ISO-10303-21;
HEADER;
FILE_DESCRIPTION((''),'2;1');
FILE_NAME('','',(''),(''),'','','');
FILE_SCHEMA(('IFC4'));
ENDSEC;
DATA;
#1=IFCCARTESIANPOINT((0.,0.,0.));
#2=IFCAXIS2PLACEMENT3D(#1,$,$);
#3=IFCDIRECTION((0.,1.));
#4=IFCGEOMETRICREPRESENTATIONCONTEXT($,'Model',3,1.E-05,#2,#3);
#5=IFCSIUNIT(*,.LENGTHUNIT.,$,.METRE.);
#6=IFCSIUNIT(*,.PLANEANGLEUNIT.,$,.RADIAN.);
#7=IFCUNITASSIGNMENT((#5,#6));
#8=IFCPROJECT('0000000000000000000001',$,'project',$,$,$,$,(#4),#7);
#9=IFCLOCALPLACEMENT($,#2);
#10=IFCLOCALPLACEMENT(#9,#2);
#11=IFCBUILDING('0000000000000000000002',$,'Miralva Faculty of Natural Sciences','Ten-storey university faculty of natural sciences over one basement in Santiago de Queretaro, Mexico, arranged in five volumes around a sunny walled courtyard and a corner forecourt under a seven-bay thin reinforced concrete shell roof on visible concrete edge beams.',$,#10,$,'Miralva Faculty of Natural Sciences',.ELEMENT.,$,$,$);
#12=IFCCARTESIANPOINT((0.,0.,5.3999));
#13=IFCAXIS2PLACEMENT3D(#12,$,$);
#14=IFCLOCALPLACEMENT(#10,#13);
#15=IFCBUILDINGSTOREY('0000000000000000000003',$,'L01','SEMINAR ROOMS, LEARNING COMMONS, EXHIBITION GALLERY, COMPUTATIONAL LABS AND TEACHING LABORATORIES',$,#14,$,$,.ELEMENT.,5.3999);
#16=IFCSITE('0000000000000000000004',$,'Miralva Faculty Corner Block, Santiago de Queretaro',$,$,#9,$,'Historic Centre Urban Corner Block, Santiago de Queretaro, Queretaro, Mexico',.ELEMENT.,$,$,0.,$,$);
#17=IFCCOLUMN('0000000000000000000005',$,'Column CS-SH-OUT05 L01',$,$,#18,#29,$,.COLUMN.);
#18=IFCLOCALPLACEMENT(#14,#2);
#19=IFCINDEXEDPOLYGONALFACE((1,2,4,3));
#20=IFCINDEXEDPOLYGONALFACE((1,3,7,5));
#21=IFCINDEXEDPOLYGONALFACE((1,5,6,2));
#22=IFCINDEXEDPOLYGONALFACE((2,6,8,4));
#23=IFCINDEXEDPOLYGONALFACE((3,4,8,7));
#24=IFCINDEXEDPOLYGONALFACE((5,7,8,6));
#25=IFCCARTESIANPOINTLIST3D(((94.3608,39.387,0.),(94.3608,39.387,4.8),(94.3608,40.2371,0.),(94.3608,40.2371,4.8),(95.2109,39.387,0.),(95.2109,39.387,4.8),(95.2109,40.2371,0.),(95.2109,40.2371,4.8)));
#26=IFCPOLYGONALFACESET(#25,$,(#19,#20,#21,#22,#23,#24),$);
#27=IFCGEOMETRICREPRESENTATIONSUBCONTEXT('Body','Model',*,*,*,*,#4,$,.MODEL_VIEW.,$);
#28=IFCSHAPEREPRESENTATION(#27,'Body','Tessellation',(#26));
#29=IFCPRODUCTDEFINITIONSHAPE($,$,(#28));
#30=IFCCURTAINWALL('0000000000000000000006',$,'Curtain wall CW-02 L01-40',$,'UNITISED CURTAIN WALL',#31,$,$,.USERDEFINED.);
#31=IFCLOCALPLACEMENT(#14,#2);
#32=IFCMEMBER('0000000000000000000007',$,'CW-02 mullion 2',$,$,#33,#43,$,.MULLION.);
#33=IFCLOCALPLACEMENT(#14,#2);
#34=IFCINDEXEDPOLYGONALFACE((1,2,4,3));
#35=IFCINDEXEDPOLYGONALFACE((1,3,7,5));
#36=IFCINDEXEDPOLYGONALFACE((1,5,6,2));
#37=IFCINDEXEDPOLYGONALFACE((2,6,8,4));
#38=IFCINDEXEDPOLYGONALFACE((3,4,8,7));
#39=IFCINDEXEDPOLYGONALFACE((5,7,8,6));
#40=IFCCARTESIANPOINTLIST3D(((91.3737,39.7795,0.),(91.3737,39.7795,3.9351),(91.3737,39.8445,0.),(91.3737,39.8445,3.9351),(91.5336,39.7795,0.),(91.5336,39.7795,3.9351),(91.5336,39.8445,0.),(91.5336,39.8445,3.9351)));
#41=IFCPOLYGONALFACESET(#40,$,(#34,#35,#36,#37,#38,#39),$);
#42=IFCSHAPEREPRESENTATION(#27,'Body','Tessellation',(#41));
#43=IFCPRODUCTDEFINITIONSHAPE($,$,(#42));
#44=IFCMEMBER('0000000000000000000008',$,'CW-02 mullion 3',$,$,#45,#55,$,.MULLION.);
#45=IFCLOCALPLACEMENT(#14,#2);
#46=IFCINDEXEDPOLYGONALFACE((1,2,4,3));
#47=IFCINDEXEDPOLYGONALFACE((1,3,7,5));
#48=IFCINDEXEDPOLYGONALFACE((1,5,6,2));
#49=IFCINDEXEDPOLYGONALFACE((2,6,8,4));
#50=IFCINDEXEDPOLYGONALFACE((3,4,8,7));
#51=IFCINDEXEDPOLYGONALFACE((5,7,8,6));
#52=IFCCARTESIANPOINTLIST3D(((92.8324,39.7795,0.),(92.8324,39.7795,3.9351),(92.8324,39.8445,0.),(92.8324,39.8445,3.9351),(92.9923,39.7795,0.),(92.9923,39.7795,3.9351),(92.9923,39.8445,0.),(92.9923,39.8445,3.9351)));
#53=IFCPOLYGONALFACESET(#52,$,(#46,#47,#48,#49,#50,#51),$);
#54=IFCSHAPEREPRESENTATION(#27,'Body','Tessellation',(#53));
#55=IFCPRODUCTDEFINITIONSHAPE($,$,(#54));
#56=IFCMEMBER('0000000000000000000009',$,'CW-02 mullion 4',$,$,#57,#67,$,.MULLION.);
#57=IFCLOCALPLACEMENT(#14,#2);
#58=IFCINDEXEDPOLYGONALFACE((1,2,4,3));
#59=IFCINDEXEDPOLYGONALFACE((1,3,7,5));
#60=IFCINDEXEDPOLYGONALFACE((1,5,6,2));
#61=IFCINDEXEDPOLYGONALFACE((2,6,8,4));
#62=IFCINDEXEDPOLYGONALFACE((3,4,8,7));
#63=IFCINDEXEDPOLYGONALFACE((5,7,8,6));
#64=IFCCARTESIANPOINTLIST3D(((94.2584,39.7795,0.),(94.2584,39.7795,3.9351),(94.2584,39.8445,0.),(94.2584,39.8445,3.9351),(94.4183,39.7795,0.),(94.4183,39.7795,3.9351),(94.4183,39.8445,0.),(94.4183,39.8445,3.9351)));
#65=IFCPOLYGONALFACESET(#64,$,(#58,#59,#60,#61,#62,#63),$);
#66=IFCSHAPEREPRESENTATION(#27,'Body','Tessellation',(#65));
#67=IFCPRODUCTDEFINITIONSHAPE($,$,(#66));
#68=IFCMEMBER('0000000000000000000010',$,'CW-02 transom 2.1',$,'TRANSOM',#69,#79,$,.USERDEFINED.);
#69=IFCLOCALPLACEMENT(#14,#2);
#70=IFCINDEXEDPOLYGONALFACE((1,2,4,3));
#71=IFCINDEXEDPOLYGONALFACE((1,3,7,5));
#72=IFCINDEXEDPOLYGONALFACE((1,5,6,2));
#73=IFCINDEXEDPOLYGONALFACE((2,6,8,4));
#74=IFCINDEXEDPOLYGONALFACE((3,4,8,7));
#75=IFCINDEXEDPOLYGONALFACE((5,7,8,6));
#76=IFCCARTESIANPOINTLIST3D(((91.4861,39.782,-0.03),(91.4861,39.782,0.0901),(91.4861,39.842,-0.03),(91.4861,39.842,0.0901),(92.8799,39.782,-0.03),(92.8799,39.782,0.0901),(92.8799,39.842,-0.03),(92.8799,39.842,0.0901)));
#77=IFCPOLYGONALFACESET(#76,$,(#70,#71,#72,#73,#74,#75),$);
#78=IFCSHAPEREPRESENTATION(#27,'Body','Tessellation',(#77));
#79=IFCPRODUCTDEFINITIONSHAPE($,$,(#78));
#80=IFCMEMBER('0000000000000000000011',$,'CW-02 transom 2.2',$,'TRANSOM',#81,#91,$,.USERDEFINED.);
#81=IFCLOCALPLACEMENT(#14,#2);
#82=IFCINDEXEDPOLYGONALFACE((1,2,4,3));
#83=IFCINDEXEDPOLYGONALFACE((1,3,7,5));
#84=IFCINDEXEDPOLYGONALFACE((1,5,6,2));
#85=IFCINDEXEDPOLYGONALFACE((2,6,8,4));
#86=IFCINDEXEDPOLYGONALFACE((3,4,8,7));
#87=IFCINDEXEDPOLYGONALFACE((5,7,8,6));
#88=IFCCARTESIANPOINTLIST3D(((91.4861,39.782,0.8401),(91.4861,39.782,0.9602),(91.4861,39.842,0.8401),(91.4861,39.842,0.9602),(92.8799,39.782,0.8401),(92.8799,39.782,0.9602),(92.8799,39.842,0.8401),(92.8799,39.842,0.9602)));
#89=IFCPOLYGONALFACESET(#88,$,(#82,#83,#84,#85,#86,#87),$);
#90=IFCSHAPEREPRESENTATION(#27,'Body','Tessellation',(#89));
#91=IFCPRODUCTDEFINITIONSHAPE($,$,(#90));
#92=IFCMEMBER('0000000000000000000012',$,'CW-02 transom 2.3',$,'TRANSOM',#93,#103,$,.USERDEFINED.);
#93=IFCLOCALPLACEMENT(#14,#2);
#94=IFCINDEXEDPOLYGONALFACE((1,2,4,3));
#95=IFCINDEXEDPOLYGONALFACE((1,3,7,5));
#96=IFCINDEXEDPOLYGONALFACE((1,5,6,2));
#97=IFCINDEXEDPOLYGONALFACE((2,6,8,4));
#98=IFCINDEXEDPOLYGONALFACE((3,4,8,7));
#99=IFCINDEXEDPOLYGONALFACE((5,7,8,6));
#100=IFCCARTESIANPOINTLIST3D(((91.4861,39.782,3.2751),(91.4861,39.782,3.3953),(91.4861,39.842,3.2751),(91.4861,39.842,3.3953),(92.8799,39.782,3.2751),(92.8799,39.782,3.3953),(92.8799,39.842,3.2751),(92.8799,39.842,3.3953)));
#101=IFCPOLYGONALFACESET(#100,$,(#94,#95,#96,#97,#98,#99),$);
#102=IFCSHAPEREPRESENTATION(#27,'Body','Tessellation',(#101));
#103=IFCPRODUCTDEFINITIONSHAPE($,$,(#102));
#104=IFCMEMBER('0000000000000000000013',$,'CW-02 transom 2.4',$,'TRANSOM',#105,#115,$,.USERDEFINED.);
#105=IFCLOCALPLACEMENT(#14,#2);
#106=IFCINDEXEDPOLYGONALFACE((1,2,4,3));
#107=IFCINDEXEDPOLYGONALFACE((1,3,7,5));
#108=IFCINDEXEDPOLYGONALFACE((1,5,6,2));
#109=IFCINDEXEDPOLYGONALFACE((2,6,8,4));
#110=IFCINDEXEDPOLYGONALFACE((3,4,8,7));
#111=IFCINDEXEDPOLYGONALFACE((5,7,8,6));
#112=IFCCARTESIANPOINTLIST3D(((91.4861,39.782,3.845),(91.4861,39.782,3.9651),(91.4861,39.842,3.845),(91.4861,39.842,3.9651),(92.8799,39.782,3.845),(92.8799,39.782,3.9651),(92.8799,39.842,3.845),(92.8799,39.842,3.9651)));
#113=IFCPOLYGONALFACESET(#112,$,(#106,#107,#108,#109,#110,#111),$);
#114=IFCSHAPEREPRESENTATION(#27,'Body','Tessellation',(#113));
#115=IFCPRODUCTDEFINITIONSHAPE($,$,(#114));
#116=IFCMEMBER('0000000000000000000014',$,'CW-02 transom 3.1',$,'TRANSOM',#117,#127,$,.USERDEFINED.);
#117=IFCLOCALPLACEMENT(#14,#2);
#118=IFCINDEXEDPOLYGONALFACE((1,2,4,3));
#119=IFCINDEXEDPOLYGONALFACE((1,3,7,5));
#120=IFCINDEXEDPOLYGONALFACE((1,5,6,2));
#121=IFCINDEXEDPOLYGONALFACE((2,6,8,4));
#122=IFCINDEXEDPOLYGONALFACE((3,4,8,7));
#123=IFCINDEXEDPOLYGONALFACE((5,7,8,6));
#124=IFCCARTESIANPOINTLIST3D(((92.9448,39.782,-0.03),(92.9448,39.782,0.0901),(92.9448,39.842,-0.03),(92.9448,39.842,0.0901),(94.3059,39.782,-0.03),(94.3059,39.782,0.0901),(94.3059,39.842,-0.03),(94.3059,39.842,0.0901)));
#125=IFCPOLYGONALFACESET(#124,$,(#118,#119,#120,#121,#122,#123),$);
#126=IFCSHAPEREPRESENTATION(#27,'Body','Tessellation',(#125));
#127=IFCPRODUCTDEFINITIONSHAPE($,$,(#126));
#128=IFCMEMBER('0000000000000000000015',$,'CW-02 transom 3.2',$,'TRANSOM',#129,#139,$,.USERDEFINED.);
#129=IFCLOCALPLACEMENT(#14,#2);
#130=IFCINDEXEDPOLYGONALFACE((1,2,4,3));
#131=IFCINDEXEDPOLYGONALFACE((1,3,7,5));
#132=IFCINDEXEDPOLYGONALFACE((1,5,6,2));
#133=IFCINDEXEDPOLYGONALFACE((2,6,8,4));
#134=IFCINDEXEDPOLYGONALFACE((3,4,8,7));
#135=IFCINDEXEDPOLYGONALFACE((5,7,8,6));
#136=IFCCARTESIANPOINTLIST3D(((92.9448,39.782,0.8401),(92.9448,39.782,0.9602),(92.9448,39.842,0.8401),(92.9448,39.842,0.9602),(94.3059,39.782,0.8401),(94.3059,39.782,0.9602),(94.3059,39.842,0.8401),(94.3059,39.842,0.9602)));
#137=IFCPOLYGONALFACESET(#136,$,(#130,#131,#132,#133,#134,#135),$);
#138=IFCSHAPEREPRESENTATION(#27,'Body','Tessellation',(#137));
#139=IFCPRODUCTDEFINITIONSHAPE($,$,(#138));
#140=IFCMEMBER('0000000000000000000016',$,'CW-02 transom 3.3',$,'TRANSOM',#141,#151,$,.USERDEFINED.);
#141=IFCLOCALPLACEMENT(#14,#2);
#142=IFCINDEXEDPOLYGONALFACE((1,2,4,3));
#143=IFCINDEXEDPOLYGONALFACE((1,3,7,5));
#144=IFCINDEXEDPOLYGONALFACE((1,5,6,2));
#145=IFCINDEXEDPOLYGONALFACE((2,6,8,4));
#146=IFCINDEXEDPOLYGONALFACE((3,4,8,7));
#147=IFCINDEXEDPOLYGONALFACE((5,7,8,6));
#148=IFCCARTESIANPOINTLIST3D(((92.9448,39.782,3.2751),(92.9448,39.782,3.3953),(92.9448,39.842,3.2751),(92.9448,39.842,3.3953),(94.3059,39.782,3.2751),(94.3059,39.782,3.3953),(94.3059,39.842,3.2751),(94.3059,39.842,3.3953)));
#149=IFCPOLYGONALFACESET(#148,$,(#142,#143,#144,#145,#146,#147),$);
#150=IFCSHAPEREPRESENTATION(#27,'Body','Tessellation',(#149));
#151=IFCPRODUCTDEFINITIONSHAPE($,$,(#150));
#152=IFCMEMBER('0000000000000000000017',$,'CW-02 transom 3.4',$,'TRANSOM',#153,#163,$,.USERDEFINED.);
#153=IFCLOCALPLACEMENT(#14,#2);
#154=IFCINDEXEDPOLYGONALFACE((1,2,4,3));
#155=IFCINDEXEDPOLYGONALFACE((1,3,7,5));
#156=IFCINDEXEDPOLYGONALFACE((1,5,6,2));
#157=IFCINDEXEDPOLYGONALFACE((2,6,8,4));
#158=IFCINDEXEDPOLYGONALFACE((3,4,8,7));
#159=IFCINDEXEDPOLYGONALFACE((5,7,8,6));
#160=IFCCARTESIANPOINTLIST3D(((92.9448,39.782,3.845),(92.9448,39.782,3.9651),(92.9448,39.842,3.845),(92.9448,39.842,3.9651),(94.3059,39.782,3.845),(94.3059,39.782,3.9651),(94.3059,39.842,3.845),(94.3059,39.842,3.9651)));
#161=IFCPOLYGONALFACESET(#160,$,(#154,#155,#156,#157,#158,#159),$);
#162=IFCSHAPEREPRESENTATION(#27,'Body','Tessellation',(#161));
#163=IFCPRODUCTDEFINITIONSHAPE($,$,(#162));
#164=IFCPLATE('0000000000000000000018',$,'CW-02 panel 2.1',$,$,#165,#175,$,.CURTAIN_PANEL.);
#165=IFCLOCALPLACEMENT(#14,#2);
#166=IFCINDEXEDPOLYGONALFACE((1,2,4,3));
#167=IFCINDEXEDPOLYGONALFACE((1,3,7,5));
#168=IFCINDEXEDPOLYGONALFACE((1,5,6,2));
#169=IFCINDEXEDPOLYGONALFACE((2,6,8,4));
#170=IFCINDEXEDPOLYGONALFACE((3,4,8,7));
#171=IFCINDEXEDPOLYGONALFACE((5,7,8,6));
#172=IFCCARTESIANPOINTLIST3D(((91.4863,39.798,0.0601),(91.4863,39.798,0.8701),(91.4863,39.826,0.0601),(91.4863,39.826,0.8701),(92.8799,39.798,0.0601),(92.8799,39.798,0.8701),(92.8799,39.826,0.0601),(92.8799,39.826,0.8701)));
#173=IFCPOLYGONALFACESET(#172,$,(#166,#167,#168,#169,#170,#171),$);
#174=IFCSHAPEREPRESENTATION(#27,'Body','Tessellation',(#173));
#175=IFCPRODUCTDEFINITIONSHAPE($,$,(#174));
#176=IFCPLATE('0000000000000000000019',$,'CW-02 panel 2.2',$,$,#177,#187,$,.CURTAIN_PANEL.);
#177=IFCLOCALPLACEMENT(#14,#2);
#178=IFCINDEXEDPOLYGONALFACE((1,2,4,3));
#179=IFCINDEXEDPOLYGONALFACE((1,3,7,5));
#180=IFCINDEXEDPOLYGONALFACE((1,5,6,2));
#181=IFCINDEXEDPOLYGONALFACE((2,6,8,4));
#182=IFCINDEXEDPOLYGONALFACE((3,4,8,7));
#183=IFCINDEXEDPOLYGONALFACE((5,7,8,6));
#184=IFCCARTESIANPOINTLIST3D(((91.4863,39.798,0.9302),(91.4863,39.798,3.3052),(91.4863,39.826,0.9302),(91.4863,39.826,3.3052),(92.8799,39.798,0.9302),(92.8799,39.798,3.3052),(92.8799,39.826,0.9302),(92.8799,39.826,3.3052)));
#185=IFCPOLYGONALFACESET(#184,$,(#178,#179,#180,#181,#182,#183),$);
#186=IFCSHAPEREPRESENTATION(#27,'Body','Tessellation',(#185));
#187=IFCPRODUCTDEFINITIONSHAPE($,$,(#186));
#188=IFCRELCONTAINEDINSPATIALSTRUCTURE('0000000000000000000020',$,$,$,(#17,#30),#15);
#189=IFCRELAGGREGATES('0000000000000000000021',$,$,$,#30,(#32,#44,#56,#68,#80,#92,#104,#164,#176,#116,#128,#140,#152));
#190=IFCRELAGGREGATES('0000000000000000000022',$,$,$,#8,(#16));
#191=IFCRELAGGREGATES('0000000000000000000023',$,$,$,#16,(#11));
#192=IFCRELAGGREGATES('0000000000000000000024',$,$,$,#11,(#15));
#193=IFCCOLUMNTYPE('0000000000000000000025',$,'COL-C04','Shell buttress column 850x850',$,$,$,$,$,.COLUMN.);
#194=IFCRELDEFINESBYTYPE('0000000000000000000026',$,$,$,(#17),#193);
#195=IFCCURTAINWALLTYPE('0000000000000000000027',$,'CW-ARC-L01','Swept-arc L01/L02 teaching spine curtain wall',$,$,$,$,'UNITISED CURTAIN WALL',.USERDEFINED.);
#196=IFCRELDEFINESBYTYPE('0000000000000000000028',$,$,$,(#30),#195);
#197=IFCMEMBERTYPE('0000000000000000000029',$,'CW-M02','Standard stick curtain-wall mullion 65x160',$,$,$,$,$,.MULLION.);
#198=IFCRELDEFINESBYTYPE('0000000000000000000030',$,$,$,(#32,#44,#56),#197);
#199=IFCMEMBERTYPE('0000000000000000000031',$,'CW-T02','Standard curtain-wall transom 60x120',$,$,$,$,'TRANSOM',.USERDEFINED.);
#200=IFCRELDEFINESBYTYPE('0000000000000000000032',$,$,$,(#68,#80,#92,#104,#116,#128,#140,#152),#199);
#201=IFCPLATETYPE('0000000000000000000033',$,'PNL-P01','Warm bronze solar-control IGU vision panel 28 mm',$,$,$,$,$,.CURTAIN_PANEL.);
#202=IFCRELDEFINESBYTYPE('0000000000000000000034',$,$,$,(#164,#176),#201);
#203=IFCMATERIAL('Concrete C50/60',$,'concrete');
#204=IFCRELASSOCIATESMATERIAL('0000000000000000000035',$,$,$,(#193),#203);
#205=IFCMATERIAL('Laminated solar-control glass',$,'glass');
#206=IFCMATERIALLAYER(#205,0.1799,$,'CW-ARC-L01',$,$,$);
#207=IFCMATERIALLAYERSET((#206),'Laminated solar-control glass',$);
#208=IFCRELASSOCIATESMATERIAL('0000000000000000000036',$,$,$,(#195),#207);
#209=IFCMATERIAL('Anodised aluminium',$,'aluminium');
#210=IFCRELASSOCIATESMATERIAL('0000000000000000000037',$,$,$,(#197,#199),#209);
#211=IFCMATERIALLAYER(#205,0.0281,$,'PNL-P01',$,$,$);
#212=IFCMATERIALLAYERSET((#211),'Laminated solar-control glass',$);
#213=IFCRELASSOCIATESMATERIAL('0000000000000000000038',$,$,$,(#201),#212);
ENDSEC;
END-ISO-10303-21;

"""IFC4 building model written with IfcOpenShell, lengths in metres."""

from ifc_helpers import new_model, si_unit, direction, frame, origin, origin_2d, place, context, subcontext, project, spatial, rectangle, extrude, material, layer, layer_set, material_profile, profile_set, type_object, element, aggregate, save


model = new_model("IFC4")

# Units and contexts
model_context = context("Model", 3, precision=1e-05, world=origin(), true_north=direction((0.0, 1.0)))
body_context = subcontext(model_context, "Body", "Model", "MODEL_VIEW")
ifc_project = project(units=[si_unit("LENGTHUNIT", "METRE"), si_unit("PLANEANGLEUNIT", "RADIAN")], contexts=[model_context])

# Site, building, storey
site_placement = place(None, origin())
site = spatial("IfcSite", under=ifc_project, at=site_placement, Name="Miralva Faculty Corner Block, Santiago de Queretaro", LongName="Historic Centre Urban Corner Block, Santiago de Queretaro, Queretaro, Mexico", CompositionType="ELEMENT", RefElevation=0.0)
building_placement = place(site_placement, origin())
building = spatial("IfcBuilding", under=site, at=building_placement, Name="Miralva Faculty of Natural Sciences", Description="Ten-storey university faculty of natural sciences over one basement in Santiago de Queretaro, Mexico, arranged in five volumes around a sunny walled courtyard and a corner forecourt under a seven-bay thin reinforced concrete shell roof on visible concrete edge beams.", LongName="Miralva Faculty of Natural Sciences", CompositionType="ELEMENT")
storey_placement = place(building_placement, frame((0.0, 0.0, 5.3999)))
storey = spatial("IfcBuildingStorey", under=building, at=storey_placement, Name="L01", Description="SEMINAR ROOMS, LEARNING COMMONS, EXHIBITION GALLERY, COMPUTATIONAL LABS AND TEACHING LABORATORIES", CompositionType="ELEMENT", Elevation=5.3999)

# Column
ifc_material_1 = material(Name="Concrete C50/60", Category="concrete")
ifc_material_profile_1 = material_profile(ifc_material_1, rectangle(XDim=0.8501, YDim=0.8501, at=origin_2d()), Name="RC 850x850")
ifc_profile_set_1 = profile_set([ifc_material_profile_1], Name="Concrete C50/60")
column_type = type_object("IfcColumnType", Name="COL-C04", Description="Shell buttress column 850x850", PredefinedType="COLUMN", material=ifc_profile_set_1)
column_placement = place(storey_placement, frame((94.7859, 39.812, 0.0), z_axis=(0.0, 0.0, 1.0), x_axis=(1.0, 0.0, 0.0)))
element("IfcColumn", 1, at=column_placement, inside=storey, type_object=column_type, Name="Column CS-SH-OUT05 L01", PredefinedType="COLUMN", context=body_context, shape_type="SweptSolid", body=[
    extrude(rectangle(XDim=0.8501, YDim=0.8501, at=origin_2d()), origin(), (0.0, 0.0, 1.0), 4.8),
])

# Curtain wall, members, plates
ifc_material_2 = material(Name="Laminated solar-control glass", Category="glass")
ifc_layer_1 = layer(ifc_material_2, 0.1799, Name="CW-ARC-L01")
ifc_layer_set_1 = layer_set([ifc_layer_1], Name="Laminated solar-control glass")
curtain_wall_type = type_object("IfcCurtainWallType", Name="CW-ARC-L01", Description="Swept-arc L01/L02 teaching spine curtain wall", ElementType="UNITISED CURTAIN WALL", PredefinedType="USERDEFINED", material=ifc_layer_set_1)
curtain_wall_placement = place(storey_placement, origin())
curtain_wall = element("IfcCurtainWall", 2, at=curtain_wall_placement, inside=storey, type_object=curtain_wall_type, Name="Curtain wall CW-02 L01-40", ObjectType="UNITISED CURTAIN WALL", PredefinedType="USERDEFINED")
ifc_material_3 = material(Name="Anodised aluminium", Category="aluminium")
ifc_material_profile_2 = material_profile(ifc_material_3, rectangle(XDim=0.0649, YDim=0.1599, at=origin_2d()), Name="MULLION 65x160")
ifc_profile_set_2 = profile_set([ifc_material_profile_2], Name="Anodised aluminium")
member_type_1 = type_object("IfcMemberType", Name="CW-M02", Description="Standard stick curtain-wall mullion 65x160", PredefinedType="MULLION", material=ifc_profile_set_2)
member_1_placement = place(storey_placement, frame((91.4536, 39.812, 0.0), z_axis=(0.0, 0.0, 1.0), x_axis=(0.0, 1.0, 0.0)))
member_1 = element("IfcMember", 3, at=member_1_placement, type_object=member_type_1, Name="CW-02 mullion 2", PredefinedType="MULLION", context=body_context, shape_type="SweptSolid", body=[
    extrude(rectangle(XDim=0.0649, YDim=0.1599, at=origin_2d()), origin(), (0.0, 0.0, 1.0), 3.9351),
])
member_2_placement = place(storey_placement, frame((92.9124, 39.812, 0.0), z_axis=(0.0, 0.0, 1.0), x_axis=(0.0, 1.0, 0.0)))
member_2 = element("IfcMember", 4, at=member_2_placement, type_object=member_type_1, Name="CW-02 mullion 3", PredefinedType="MULLION", context=body_context, shape_type="SweptSolid", body=[
    extrude(rectangle(XDim=0.0649, YDim=0.1599, at=origin_2d()), origin(), (0.0, 0.0, 1.0), 3.9351),
])
member_3_placement = place(storey_placement, frame((94.3384, 39.812, 0.0), z_axis=(0.0, 0.0, 1.0), x_axis=(0.0, 1.0, 0.0)))
member_3 = element("IfcMember", 5, at=member_3_placement, type_object=member_type_1, Name="CW-02 mullion 4", PredefinedType="MULLION", context=body_context, shape_type="SweptSolid", body=[
    extrude(rectangle(XDim=0.0649, YDim=0.1599, at=origin_2d()), origin(), (0.0, 0.0, 1.0), 3.9351),
])
ifc_material_profile_3 = material_profile(ifc_material_3, rectangle(XDim=0.0601, YDim=0.1201, at=origin_2d()), Name="TRANSOM 60x120")
ifc_profile_set_3 = profile_set([ifc_material_profile_3], Name="Anodised aluminium")
member_type_2 = type_object("IfcMemberType", Name="CW-T02", Description="Standard curtain-wall transom 60x120", ElementType="TRANSOM", PredefinedType="USERDEFINED", material=ifc_profile_set_3)
member_4_placement = place(storey_placement, frame((91.4861, 39.812, 0.03), z_axis=(1.0, 0.0, 0.0), x_axis=(0.0, 1.0, 0.0)))
member_4 = element("IfcMember", 6, at=member_4_placement, type_object=member_type_2, Name="CW-02 transom 2.1", ObjectType="TRANSOM", PredefinedType="USERDEFINED", context=body_context, shape_type="SweptSolid", body=[
    extrude(rectangle(XDim=0.0601, YDim=0.1201, at=origin_2d()), origin(), (0.0, 0.0, 1.0), 1.3938),
])
member_5_placement = place(storey_placement, frame((91.4861, 39.812, 0.9001), z_axis=(1.0, 0.0, 0.0), x_axis=(0.0, 1.0, 0.0)))
member_5 = element("IfcMember", 7, at=member_5_placement, type_object=member_type_2, Name="CW-02 transom 2.2", ObjectType="TRANSOM", PredefinedType="USERDEFINED", context=body_context, shape_type="SweptSolid", body=[
    extrude(rectangle(XDim=0.0601, YDim=0.1201, at=origin_2d()), origin(), (0.0, 0.0, 1.0), 1.3938),
])
member_6_placement = place(storey_placement, frame((91.4861, 39.812, 3.3352), z_axis=(1.0, 0.0, 0.0), x_axis=(0.0, 1.0, 0.0)))
member_6 = element("IfcMember", 8, at=member_6_placement, type_object=member_type_2, Name="CW-02 transom 2.3", ObjectType="TRANSOM", PredefinedType="USERDEFINED", context=body_context, shape_type="SweptSolid", body=[
    extrude(rectangle(XDim=0.0601, YDim=0.1201, at=origin_2d()), origin(), (0.0, 0.0, 1.0), 1.3938),
])
member_7_placement = place(storey_placement, frame((91.4861, 39.812, 3.905), z_axis=(1.0, 0.0, 0.0), x_axis=(0.0, 1.0, 0.0)))
member_7 = element("IfcMember", 9, at=member_7_placement, type_object=member_type_2, Name="CW-02 transom 2.4", ObjectType="TRANSOM", PredefinedType="USERDEFINED", context=body_context, shape_type="SweptSolid", body=[
    extrude(rectangle(XDim=0.0601, YDim=0.1201, at=origin_2d()), origin(), (0.0, 0.0, 1.0), 1.3938),
])
member_8_placement = place(storey_placement, frame((92.9448, 39.812, 0.03), z_axis=(1.0, 0.0, 0.0), x_axis=(0.0, 1.0, 0.0)))
member_8 = element("IfcMember", 10, at=member_8_placement, type_object=member_type_2, Name="CW-02 transom 3.1", ObjectType="TRANSOM", PredefinedType="USERDEFINED", context=body_context, shape_type="SweptSolid", body=[
    extrude(rectangle(XDim=0.0601, YDim=0.1201, at=origin_2d()), origin(), (0.0, 0.0, 1.0), 1.3611),
])
member_9_placement = place(storey_placement, frame((92.9448, 39.812, 0.9001), z_axis=(1.0, 0.0, 0.0), x_axis=(0.0, 1.0, 0.0)))
member_9 = element("IfcMember", 11, at=member_9_placement, type_object=member_type_2, Name="CW-02 transom 3.2", ObjectType="TRANSOM", PredefinedType="USERDEFINED", context=body_context, shape_type="SweptSolid", body=[
    extrude(rectangle(XDim=0.0601, YDim=0.1201, at=origin_2d()), origin(), (0.0, 0.0, 1.0), 1.3611),
])
member_10_placement = place(storey_placement, frame((92.9448, 39.812, 3.3352), z_axis=(1.0, 0.0, 0.0), x_axis=(0.0, 1.0, 0.0)))
member_10 = element("IfcMember", 12, at=member_10_placement, type_object=member_type_2, Name="CW-02 transom 3.3", ObjectType="TRANSOM", PredefinedType="USERDEFINED", context=body_context, shape_type="SweptSolid", body=[
    extrude(rectangle(XDim=0.0601, YDim=0.1201, at=origin_2d()), origin(), (0.0, 0.0, 1.0), 1.3611),
])
member_11_placement = place(storey_placement, frame((92.9448, 39.812, 3.905), z_axis=(1.0, 0.0, 0.0), x_axis=(0.0, 1.0, 0.0)))
member_11 = element("IfcMember", 13, at=member_11_placement, type_object=member_type_2, Name="CW-02 transom 3.4", ObjectType="TRANSOM", PredefinedType="USERDEFINED", context=body_context, shape_type="SweptSolid", body=[
    extrude(rectangle(XDim=0.0601, YDim=0.1201, at=origin_2d()), origin(), (0.0, 0.0, 1.0), 1.3611),
])
ifc_layer_2 = layer(ifc_material_2, 0.0281, Name="PNL-P01")
ifc_layer_set_2 = layer_set([ifc_layer_2], Name="Laminated solar-control glass")
plate_type = type_object("IfcPlateType", Name="PNL-P01", Description="Warm bronze solar-control IGU vision panel 28 mm", PredefinedType="CURTAIN_PANEL", material=ifc_layer_set_2)
plate_1_placement = place(storey_placement, frame((92.1831, 39.812, 0.0601), z_axis=(0.0, 0.0, 1.0), x_axis=(1.0, 0.0, 0.0)))
plate_1 = element("IfcPlate", 14, at=plate_1_placement, type_object=plate_type, Name="CW-02 panel 2.1", PredefinedType="CURTAIN_PANEL", context=body_context, shape_type="SweptSolid", body=[
    extrude(rectangle(XDim=1.3936, YDim=0.0281, at=origin_2d()), origin(), (0.0, 0.0, 1.0), 0.8101),
])
plate_2_placement = place(storey_placement, frame((92.1831, 39.812, 0.9302), z_axis=(0.0, 0.0, 1.0), x_axis=(1.0, 0.0, 0.0)))
plate_2 = element("IfcPlate", 15, at=plate_2_placement, type_object=plate_type, Name="CW-02 panel 2.2", PredefinedType="CURTAIN_PANEL", context=body_context, shape_type="SweptSolid", body=[
    extrude(rectangle(XDim=1.3936, YDim=0.0281, at=origin_2d()), origin(), (0.0, 0.0, 1.0), 2.375),
])
aggregate(curtain_wall, [member_1, member_2, member_3, member_4, member_5, member_6, member_7, plate_1, plate_2, member_8, member_9, member_10, member_11])

save(model, "model.ifc")
